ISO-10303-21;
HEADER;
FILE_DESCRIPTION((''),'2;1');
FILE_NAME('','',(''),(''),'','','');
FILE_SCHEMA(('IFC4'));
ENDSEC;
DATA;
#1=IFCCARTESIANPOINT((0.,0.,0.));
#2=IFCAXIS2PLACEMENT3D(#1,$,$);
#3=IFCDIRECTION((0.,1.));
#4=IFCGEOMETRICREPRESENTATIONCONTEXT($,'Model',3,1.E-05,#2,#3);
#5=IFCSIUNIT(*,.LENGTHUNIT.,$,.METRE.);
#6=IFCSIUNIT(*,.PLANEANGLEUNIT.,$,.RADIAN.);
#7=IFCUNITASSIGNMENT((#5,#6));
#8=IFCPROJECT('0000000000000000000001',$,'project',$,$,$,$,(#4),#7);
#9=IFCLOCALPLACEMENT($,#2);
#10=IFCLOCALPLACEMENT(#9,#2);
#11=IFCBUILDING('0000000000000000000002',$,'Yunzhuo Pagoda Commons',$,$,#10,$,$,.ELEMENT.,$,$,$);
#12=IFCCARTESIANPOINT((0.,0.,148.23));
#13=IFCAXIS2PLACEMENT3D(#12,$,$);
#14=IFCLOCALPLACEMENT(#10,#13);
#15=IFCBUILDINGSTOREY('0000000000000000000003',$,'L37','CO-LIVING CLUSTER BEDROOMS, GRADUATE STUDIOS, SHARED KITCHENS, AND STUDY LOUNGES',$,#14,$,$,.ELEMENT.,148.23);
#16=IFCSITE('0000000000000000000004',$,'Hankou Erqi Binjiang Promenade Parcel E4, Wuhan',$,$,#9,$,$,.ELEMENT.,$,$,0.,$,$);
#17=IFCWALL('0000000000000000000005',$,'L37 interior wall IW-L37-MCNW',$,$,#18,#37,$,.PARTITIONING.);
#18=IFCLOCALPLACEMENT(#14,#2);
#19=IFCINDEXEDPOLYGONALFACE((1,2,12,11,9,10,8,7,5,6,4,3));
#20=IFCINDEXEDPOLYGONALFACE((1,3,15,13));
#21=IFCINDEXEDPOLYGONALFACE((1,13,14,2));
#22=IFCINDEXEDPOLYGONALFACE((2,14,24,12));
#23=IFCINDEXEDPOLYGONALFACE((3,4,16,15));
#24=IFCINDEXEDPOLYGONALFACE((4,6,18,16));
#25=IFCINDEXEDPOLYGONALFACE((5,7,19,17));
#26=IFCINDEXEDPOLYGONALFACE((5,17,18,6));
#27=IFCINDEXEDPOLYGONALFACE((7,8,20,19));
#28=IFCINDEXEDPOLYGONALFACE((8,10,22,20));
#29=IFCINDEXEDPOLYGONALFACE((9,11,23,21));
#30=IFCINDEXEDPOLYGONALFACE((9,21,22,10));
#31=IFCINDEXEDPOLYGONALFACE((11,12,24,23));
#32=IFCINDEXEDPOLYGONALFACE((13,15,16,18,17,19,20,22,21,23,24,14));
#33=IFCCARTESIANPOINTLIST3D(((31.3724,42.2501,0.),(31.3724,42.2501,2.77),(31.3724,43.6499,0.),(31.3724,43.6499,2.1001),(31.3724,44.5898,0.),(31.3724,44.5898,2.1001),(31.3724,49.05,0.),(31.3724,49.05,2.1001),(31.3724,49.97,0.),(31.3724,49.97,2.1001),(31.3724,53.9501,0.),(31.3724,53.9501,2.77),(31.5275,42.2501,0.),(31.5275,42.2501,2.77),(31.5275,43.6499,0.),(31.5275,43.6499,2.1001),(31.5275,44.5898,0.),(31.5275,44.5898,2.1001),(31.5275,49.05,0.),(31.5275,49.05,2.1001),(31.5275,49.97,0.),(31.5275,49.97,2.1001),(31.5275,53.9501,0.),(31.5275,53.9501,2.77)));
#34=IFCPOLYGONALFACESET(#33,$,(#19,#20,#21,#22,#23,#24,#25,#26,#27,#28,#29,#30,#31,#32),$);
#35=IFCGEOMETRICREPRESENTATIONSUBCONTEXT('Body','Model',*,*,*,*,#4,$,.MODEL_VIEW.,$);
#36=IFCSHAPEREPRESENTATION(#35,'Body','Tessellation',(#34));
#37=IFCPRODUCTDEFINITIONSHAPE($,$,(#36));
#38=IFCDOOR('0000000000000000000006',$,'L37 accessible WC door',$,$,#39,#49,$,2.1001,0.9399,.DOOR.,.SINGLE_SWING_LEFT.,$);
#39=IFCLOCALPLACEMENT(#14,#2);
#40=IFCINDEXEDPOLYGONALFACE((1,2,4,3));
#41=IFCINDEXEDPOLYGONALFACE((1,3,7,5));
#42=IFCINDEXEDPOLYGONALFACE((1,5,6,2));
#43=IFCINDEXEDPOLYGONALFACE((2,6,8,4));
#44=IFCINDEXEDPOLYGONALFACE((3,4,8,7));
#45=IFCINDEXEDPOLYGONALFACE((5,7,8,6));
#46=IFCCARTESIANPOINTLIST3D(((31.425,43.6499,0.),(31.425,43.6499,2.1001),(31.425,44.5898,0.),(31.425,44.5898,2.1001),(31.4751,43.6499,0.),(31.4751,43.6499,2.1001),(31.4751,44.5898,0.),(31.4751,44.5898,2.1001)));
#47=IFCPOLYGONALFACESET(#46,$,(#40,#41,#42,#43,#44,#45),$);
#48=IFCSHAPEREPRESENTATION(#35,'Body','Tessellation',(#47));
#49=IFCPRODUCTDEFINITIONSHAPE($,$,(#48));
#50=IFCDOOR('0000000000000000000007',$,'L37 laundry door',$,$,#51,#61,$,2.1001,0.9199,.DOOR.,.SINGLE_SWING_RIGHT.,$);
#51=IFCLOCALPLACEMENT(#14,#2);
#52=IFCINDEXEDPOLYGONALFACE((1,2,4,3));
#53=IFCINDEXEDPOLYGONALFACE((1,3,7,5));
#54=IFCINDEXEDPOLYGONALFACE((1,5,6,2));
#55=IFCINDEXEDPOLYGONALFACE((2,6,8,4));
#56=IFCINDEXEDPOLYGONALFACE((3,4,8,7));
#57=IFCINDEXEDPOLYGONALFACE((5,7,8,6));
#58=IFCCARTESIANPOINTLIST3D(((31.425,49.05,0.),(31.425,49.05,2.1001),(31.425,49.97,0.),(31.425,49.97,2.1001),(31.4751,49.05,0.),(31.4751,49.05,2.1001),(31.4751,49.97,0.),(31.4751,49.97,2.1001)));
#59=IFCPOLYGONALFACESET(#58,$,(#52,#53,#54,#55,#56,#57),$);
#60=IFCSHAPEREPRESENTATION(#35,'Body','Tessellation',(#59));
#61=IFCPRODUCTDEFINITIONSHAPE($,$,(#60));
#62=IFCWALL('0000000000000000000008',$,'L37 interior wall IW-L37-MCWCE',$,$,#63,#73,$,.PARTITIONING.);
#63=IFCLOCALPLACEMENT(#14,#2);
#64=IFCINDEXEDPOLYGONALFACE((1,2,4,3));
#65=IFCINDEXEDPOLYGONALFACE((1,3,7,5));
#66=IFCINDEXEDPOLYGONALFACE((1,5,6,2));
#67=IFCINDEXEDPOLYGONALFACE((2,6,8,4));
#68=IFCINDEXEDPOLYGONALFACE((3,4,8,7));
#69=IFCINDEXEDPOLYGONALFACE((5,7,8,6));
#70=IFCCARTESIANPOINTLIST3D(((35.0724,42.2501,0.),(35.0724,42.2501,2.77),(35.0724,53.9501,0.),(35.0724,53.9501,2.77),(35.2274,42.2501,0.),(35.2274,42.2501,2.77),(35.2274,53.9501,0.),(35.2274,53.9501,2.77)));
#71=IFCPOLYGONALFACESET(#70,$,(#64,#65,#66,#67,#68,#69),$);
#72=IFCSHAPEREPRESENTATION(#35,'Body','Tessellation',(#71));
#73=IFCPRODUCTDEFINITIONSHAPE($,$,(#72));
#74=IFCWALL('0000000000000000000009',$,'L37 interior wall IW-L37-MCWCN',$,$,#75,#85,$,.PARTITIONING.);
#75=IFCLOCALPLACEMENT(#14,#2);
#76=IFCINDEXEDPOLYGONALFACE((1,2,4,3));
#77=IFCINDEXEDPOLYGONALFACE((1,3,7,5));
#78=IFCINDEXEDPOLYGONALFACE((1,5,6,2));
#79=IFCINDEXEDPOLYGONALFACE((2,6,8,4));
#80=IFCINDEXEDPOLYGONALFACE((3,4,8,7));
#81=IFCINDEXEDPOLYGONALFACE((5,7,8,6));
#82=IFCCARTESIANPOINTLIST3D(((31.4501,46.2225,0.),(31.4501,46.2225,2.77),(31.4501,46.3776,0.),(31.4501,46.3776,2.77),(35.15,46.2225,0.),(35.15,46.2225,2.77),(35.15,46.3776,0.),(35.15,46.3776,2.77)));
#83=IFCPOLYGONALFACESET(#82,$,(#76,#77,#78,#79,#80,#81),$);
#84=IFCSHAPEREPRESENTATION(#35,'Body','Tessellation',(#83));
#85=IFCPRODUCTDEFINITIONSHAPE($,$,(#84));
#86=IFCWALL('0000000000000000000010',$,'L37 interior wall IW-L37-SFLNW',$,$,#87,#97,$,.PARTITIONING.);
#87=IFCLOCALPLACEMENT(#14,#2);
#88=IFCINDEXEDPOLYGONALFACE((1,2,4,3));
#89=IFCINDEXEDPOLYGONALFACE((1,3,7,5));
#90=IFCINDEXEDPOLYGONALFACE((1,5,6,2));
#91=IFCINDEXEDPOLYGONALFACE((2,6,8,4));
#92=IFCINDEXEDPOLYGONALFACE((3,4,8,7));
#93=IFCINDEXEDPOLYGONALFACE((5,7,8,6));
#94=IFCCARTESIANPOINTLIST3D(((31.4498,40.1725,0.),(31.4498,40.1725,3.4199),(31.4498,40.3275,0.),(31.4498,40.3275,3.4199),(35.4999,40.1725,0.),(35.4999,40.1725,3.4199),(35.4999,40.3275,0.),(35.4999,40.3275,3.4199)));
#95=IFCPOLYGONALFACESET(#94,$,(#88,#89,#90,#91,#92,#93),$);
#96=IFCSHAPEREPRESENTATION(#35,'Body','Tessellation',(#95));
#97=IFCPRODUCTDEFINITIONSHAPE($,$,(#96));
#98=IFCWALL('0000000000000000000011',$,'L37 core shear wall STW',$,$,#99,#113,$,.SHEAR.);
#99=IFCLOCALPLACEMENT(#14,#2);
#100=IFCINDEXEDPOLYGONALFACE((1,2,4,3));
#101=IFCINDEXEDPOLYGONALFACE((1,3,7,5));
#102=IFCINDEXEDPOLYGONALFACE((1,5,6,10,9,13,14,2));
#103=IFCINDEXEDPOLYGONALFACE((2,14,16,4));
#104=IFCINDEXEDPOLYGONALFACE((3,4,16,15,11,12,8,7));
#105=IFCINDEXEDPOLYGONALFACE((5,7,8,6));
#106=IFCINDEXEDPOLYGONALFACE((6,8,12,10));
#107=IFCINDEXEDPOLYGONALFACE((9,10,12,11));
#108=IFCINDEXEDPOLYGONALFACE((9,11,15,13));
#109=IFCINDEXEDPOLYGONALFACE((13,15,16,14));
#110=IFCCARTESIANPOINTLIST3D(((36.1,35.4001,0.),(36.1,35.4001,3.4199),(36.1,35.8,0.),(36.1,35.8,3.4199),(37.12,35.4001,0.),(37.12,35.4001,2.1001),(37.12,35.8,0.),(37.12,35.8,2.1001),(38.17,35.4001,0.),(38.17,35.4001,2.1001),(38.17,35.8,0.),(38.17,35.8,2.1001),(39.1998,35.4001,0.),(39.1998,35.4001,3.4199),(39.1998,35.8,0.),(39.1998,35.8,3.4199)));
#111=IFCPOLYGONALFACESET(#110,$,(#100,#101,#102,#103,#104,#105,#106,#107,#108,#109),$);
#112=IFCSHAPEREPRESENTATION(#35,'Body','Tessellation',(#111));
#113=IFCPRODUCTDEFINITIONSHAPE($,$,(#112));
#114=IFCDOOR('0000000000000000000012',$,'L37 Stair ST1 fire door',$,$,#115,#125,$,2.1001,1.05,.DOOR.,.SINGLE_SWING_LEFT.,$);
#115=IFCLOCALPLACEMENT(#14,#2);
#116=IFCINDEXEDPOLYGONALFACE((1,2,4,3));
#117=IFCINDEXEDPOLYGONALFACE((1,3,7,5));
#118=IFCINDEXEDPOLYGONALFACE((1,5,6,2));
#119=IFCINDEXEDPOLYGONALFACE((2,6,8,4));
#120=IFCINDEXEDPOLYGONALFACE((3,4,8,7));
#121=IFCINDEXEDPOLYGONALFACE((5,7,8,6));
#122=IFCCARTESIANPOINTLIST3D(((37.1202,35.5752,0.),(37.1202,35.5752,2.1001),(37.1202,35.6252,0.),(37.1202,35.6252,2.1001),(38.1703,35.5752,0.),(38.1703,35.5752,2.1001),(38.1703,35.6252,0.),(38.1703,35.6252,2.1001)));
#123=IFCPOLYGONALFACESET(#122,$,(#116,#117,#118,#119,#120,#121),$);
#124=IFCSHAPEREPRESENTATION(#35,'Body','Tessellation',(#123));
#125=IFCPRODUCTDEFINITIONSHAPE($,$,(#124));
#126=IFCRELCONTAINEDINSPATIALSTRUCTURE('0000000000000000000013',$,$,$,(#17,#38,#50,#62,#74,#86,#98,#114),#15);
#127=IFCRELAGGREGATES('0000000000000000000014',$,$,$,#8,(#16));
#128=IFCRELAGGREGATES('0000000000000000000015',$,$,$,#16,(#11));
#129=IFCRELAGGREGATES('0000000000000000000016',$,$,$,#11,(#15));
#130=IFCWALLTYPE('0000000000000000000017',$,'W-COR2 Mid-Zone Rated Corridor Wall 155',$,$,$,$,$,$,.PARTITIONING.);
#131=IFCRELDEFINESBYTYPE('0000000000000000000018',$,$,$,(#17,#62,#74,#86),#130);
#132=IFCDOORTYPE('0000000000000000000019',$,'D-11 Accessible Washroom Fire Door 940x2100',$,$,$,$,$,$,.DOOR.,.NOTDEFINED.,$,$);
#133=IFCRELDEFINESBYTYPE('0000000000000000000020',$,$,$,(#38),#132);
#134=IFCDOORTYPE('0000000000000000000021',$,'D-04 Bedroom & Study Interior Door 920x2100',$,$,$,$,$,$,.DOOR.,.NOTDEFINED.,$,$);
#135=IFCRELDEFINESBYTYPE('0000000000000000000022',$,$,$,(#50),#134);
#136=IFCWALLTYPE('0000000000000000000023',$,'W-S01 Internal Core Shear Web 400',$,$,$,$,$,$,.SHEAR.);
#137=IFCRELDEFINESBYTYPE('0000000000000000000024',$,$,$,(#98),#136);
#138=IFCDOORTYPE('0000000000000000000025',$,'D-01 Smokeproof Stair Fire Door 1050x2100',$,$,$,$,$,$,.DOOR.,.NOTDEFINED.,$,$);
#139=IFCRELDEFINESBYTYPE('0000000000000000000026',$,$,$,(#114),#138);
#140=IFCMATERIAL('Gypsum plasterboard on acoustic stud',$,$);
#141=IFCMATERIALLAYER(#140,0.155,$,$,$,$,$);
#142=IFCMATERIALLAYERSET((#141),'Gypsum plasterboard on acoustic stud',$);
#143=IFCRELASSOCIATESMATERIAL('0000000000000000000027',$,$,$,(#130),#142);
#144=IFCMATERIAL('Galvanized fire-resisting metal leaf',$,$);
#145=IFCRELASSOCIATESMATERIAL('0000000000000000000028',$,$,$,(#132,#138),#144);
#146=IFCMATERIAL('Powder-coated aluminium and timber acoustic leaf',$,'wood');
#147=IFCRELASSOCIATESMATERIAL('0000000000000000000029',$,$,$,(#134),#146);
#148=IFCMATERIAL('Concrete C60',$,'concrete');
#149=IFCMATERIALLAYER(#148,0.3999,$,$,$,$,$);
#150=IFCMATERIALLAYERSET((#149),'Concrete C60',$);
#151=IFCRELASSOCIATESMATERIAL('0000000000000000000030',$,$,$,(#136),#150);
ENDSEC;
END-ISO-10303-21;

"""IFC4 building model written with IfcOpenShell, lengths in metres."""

from ifc_helpers import new_model, si_unit, direction, frame, frame_2d, origin, origin_with_axes, place, context, subcontext, project, spatial, rectangle, extrude, source, transform, mapped, material, layer, layer_set, type_object, element, fill, save


model = new_model("IFC4")

# Units and contexts
model_context = context("Model", 3, precision=1e-05, world=origin(), true_north=direction((0.0, 1.0)))
body_context = subcontext(model_context, "Body", "Model", "MODEL_VIEW")
ifc_project = project(units=[si_unit("LENGTHUNIT", "METRE"), si_unit("PLANEANGLEUNIT", "RADIAN")], contexts=[model_context])

# Site, building, storey
site_placement = place(None, origin())
site = spatial("IfcSite", under=ifc_project, at=site_placement, Name="Hankou Erqi Binjiang Promenade Parcel E4, Wuhan", CompositionType="ELEMENT", RefElevation=0.0)
building_placement = place(site_placement, origin())
building = spatial("IfcBuilding", under=site, at=building_placement, Name="Yunzhuo Pagoda Commons", CompositionType="ELEMENT")
storey_placement = place(building_placement, frame((0.0, 0.0, 148.23)))
storey = spatial("IfcBuildingStorey", under=building, at=storey_placement, Name="L37", Description="CO-LIVING CLUSTER BEDROOMS, GRADUATE STUDIOS, SHARED KITCHENS, AND STUDY LOUNGES", CompositionType="ELEMENT", Elevation=148.23)

# Shared definitions
ifc_material_1 = material(Name="Concrete C60", Category="concrete")
ifc_material_2 = material(Name="Galvanized fire-resisting metal leaf")
shared_shape_1 = source(origin(), body_context, "Body", "SweptSolid", [
    extrude(rectangle(XDim=1.05, YDim=2.1001, at=frame_2d((0.5249, 1.05))), frame((0.0, 0.0249, 0.0), z_axis=(0.0, -1.0, 0.0), x_axis=(1.0, 0.0, 0.0)), (0.0, 0.0, 1.0), 0.05),
])

# Shared definitions
ifc_material_3 = material(Name="Gypsum plasterboard on acoustic stud")
ifc_layer_1 = layer(ifc_material_3, 0.155)
ifc_layer_set_1 = layer_set([ifc_layer_1], Name="Gypsum plasterboard on acoustic stud")
wall_type_1 = type_object("IfcWallType", Name="W-COR2 Mid-Zone Rated Corridor Wall 155", PredefinedType="PARTITIONING", material=ifc_layer_set_1)

# Wall, openings, doors
wall_1_placement = place(storey_placement, frame((31.45, 42.25, 0.0), z_axis=(0.0, 0.0, 1.0), x_axis=(0.0, 1.0, 0.0)))
wall_1 = element("IfcWall", 1, at=wall_1_placement, inside=storey, type_object=wall_type_1, Name="L37 interior wall IW-L37-MCNW", PredefinedType="PARTITIONING", context=body_context, shape_type="SweptSolid", body=[
    extrude(rectangle(XDim=11.7, YDim=0.155, at=frame_2d((5.8501, 0.0))), origin(), (0.0, 0.0, 1.0), 2.77),
])
opening_1_placement = place(wall_1_placement, frame((1.3999, 0.0, 0.0)))
opening_1 = element("IfcOpeningElement", 2, at=opening_1_placement, cuts=wall_1, PredefinedType="OPENING", context=body_context, shape_type="SweptSolid", body=[
    extrude(rectangle(XDim=0.9399, YDim=2.1001, at=frame_2d((0.47, 1.05))), frame((0.0, 0.0874, 0.0), z_axis=(0.0, -1.0, 0.0), x_axis=(1.0, 0.0, 0.0)), (0.0, 0.0, 1.0), 0.175),
])
opening_2_placement = place(wall_1_placement, frame((6.8, 0.0, 0.0)))
opening_2 = element("IfcOpeningElement", 3, at=opening_2_placement, cuts=wall_1, PredefinedType="OPENING", context=body_context, shape_type="SweptSolid", body=[
    extrude(rectangle(XDim=0.9199, YDim=2.1001, at=frame_2d((0.46, 1.05))), frame((0.0, 0.0874, 0.0), z_axis=(0.0, -1.0, 0.0), x_axis=(1.0, 0.0, 0.0)), (0.0, 0.0, 1.0), 0.175),
])
door_type_1 = type_object("IfcDoorType", Name="D-11 Accessible Washroom Fire Door 940x2100", OperationType="NOTDEFINED", PredefinedType="DOOR", material=ifc_material_2)
shared_shape_2 = source(origin(), body_context, "Body", "SweptSolid", [
    extrude(rectangle(XDim=0.9399, YDim=2.1001, at=frame_2d((0.47, 1.05))), frame((0.0, 0.0249, 0.0), z_axis=(0.0, -1.0, 0.0), x_axis=(1.0, 0.0, 0.0)), (0.0, 0.0, 1.0), 0.05),
])
door_1_placement = place(opening_1_placement, origin_with_axes())
door_1 = element("IfcDoor", 4, at=door_1_placement, inside=storey, type_object=door_type_1, Name="L37 accessible WC door", OperationType="SINGLE_SWING_LEFT", OverallHeight=2.1001, OverallWidth=0.9399, PredefinedType="DOOR", context=body_context, shape_type="MappedRepresentation", body=[
    mapped(shared_shape_2, transform((0.0, 0.0, 0.0), scale=1.0)),
])
fill(opening_1, door_1)
ifc_material_4 = material(Name="Powder-coated aluminium and timber acoustic leaf", Category="wood")
door_type_2 = type_object("IfcDoorType", Name="D-04 Bedroom & Study Interior Door 920x2100", OperationType="NOTDEFINED", PredefinedType="DOOR", material=ifc_material_4)
shared_shape_3 = source(origin(), body_context, "Body", "SweptSolid", [
    extrude(rectangle(XDim=0.9199, YDim=2.1001, at=frame_2d((0.46, 1.05))), frame((0.0, 0.0249, 0.0), z_axis=(0.0, -1.0, 0.0), x_axis=(1.0, 0.0, 0.0)), (0.0, 0.0, 1.0), 0.05),
])
door_2_placement = place(opening_2_placement, origin_with_axes())
door_2 = element("IfcDoor", 5, at=door_2_placement, inside=storey, type_object=door_type_2, Name="L37 laundry door", OperationType="SINGLE_SWING_RIGHT", OverallHeight=2.1001, OverallWidth=0.9199, PredefinedType="DOOR", context=body_context, shape_type="MappedRepresentation", body=[
    mapped(shared_shape_3, transform((0.0, 0.0, 0.0), scale=1.0)),
])
fill(opening_2, door_2)

# Walls
wall_2_placement = place(storey_placement, frame((35.1499, 42.25, 0.0), z_axis=(0.0, 0.0, 1.0), x_axis=(0.0, 1.0, 0.0)))
element("IfcWall", 6, at=wall_2_placement, inside=storey, type_object=wall_type_1, Name="L37 interior wall IW-L37-MCWCE", PredefinedType="PARTITIONING", context=body_context, shape_type="SweptSolid", body=[
    extrude(rectangle(XDim=11.7, YDim=0.155, at=frame_2d((5.8501, 0.0))), origin(), (0.0, 0.0, 1.0), 2.77),
])
wall_3_placement = place(storey_placement, frame((31.45, 46.3, 0.0), z_axis=(0.0, 0.0, 1.0), x_axis=(1.0, 0.0, 0.0)))
element("IfcWall", 7, at=wall_3_placement, inside=storey, type_object=wall_type_1, Name="L37 interior wall IW-L37-MCWCN", PredefinedType="PARTITIONING", context=body_context, shape_type="SweptSolid", body=[
    extrude(rectangle(XDim=3.7, YDim=0.155, at=frame_2d((1.8501, 0.0))), origin(), (0.0, 0.0, 1.0), 2.77),
])
wall_4_placement = place(storey_placement, frame((31.45, 40.25, 0.0), z_axis=(0.0, 0.0, 1.0), x_axis=(1.0, 0.0, 0.0)))
element("IfcWall", 8, at=wall_4_placement, inside=storey, type_object=wall_type_1, Name="L37 interior wall IW-L37-SFLNW", PredefinedType="PARTITIONING", context=body_context, shape_type="SweptSolid", body=[
    extrude(rectangle(XDim=4.05, YDim=0.155, at=frame_2d((2.0249, 0.0))), origin(), (0.0, 0.0, 1.0), 3.4199),
])

# Wall, opening, door
ifc_layer_2 = layer(ifc_material_1, 0.3999)
ifc_layer_set_2 = layer_set([ifc_layer_2], Name="Concrete C60")
wall_type_2 = type_object("IfcWallType", Name="W-S01 Internal Core Shear Web 400", PredefinedType="SHEAR", material=ifc_layer_set_2)
wall_5_placement = place(storey_placement, frame((36.1001, 35.6001, 0.0), z_axis=(0.0, 0.0, 1.0), x_axis=(1.0, 0.0, 0.0)))
wall_5 = element("IfcWall", 9, at=wall_5_placement, inside=storey, type_object=wall_type_2, Name="L37 core shear wall STW", PredefinedType="SHEAR", context=body_context, shape_type="SweptSolid", body=[
    extrude(rectangle(XDim=3.0999, YDim=0.3999, at=frame_2d((1.5498, 0.0))), origin(), (0.0, 0.0, 1.0), 3.4199),
])
opening_3_placement = place(wall_5_placement, frame((1.02, 0.0, 0.0)))
opening_3 = element("IfcOpeningElement", 10, at=opening_3_placement, cuts=wall_5, PredefinedType="OPENING", context=body_context, shape_type="SweptSolid", body=[
    extrude(rectangle(XDim=1.05, YDim=2.1001, at=frame_2d((0.5249, 1.05))), frame((0.0, 0.21, 0.0), z_axis=(0.0, -1.0, 0.0), x_axis=(1.0, 0.0, 0.0)), (0.0, 0.0, 1.0), 0.4199),
])
door_type_3 = type_object("IfcDoorType", Name="D-01 Smokeproof Stair Fire Door 1050x2100", OperationType="NOTDEFINED", PredefinedType="DOOR", material=ifc_material_2)
door_3_placement = place(opening_3_placement, frame((1.05, 0.0, 0.0), z_axis=(0.0, 0.0, 1.0), x_axis=(-1.0, 0.0, 0.0)))
door_3 = element("IfcDoor", 11, at=door_3_placement, inside=storey, type_object=door_type_3, Name="L37 Stair ST1 fire door", OperationType="SINGLE_SWING_LEFT", OverallHeight=2.1001, OverallWidth=1.05, PredefinedType="DOOR", context=body_context, shape_type="MappedRepresentation", body=[
    mapped(shared_shape_1, transform((0.0, 0.0, 0.0), scale=1.0)),
])
fill(opening_3, door_3)

save(model, "model.ifc")
